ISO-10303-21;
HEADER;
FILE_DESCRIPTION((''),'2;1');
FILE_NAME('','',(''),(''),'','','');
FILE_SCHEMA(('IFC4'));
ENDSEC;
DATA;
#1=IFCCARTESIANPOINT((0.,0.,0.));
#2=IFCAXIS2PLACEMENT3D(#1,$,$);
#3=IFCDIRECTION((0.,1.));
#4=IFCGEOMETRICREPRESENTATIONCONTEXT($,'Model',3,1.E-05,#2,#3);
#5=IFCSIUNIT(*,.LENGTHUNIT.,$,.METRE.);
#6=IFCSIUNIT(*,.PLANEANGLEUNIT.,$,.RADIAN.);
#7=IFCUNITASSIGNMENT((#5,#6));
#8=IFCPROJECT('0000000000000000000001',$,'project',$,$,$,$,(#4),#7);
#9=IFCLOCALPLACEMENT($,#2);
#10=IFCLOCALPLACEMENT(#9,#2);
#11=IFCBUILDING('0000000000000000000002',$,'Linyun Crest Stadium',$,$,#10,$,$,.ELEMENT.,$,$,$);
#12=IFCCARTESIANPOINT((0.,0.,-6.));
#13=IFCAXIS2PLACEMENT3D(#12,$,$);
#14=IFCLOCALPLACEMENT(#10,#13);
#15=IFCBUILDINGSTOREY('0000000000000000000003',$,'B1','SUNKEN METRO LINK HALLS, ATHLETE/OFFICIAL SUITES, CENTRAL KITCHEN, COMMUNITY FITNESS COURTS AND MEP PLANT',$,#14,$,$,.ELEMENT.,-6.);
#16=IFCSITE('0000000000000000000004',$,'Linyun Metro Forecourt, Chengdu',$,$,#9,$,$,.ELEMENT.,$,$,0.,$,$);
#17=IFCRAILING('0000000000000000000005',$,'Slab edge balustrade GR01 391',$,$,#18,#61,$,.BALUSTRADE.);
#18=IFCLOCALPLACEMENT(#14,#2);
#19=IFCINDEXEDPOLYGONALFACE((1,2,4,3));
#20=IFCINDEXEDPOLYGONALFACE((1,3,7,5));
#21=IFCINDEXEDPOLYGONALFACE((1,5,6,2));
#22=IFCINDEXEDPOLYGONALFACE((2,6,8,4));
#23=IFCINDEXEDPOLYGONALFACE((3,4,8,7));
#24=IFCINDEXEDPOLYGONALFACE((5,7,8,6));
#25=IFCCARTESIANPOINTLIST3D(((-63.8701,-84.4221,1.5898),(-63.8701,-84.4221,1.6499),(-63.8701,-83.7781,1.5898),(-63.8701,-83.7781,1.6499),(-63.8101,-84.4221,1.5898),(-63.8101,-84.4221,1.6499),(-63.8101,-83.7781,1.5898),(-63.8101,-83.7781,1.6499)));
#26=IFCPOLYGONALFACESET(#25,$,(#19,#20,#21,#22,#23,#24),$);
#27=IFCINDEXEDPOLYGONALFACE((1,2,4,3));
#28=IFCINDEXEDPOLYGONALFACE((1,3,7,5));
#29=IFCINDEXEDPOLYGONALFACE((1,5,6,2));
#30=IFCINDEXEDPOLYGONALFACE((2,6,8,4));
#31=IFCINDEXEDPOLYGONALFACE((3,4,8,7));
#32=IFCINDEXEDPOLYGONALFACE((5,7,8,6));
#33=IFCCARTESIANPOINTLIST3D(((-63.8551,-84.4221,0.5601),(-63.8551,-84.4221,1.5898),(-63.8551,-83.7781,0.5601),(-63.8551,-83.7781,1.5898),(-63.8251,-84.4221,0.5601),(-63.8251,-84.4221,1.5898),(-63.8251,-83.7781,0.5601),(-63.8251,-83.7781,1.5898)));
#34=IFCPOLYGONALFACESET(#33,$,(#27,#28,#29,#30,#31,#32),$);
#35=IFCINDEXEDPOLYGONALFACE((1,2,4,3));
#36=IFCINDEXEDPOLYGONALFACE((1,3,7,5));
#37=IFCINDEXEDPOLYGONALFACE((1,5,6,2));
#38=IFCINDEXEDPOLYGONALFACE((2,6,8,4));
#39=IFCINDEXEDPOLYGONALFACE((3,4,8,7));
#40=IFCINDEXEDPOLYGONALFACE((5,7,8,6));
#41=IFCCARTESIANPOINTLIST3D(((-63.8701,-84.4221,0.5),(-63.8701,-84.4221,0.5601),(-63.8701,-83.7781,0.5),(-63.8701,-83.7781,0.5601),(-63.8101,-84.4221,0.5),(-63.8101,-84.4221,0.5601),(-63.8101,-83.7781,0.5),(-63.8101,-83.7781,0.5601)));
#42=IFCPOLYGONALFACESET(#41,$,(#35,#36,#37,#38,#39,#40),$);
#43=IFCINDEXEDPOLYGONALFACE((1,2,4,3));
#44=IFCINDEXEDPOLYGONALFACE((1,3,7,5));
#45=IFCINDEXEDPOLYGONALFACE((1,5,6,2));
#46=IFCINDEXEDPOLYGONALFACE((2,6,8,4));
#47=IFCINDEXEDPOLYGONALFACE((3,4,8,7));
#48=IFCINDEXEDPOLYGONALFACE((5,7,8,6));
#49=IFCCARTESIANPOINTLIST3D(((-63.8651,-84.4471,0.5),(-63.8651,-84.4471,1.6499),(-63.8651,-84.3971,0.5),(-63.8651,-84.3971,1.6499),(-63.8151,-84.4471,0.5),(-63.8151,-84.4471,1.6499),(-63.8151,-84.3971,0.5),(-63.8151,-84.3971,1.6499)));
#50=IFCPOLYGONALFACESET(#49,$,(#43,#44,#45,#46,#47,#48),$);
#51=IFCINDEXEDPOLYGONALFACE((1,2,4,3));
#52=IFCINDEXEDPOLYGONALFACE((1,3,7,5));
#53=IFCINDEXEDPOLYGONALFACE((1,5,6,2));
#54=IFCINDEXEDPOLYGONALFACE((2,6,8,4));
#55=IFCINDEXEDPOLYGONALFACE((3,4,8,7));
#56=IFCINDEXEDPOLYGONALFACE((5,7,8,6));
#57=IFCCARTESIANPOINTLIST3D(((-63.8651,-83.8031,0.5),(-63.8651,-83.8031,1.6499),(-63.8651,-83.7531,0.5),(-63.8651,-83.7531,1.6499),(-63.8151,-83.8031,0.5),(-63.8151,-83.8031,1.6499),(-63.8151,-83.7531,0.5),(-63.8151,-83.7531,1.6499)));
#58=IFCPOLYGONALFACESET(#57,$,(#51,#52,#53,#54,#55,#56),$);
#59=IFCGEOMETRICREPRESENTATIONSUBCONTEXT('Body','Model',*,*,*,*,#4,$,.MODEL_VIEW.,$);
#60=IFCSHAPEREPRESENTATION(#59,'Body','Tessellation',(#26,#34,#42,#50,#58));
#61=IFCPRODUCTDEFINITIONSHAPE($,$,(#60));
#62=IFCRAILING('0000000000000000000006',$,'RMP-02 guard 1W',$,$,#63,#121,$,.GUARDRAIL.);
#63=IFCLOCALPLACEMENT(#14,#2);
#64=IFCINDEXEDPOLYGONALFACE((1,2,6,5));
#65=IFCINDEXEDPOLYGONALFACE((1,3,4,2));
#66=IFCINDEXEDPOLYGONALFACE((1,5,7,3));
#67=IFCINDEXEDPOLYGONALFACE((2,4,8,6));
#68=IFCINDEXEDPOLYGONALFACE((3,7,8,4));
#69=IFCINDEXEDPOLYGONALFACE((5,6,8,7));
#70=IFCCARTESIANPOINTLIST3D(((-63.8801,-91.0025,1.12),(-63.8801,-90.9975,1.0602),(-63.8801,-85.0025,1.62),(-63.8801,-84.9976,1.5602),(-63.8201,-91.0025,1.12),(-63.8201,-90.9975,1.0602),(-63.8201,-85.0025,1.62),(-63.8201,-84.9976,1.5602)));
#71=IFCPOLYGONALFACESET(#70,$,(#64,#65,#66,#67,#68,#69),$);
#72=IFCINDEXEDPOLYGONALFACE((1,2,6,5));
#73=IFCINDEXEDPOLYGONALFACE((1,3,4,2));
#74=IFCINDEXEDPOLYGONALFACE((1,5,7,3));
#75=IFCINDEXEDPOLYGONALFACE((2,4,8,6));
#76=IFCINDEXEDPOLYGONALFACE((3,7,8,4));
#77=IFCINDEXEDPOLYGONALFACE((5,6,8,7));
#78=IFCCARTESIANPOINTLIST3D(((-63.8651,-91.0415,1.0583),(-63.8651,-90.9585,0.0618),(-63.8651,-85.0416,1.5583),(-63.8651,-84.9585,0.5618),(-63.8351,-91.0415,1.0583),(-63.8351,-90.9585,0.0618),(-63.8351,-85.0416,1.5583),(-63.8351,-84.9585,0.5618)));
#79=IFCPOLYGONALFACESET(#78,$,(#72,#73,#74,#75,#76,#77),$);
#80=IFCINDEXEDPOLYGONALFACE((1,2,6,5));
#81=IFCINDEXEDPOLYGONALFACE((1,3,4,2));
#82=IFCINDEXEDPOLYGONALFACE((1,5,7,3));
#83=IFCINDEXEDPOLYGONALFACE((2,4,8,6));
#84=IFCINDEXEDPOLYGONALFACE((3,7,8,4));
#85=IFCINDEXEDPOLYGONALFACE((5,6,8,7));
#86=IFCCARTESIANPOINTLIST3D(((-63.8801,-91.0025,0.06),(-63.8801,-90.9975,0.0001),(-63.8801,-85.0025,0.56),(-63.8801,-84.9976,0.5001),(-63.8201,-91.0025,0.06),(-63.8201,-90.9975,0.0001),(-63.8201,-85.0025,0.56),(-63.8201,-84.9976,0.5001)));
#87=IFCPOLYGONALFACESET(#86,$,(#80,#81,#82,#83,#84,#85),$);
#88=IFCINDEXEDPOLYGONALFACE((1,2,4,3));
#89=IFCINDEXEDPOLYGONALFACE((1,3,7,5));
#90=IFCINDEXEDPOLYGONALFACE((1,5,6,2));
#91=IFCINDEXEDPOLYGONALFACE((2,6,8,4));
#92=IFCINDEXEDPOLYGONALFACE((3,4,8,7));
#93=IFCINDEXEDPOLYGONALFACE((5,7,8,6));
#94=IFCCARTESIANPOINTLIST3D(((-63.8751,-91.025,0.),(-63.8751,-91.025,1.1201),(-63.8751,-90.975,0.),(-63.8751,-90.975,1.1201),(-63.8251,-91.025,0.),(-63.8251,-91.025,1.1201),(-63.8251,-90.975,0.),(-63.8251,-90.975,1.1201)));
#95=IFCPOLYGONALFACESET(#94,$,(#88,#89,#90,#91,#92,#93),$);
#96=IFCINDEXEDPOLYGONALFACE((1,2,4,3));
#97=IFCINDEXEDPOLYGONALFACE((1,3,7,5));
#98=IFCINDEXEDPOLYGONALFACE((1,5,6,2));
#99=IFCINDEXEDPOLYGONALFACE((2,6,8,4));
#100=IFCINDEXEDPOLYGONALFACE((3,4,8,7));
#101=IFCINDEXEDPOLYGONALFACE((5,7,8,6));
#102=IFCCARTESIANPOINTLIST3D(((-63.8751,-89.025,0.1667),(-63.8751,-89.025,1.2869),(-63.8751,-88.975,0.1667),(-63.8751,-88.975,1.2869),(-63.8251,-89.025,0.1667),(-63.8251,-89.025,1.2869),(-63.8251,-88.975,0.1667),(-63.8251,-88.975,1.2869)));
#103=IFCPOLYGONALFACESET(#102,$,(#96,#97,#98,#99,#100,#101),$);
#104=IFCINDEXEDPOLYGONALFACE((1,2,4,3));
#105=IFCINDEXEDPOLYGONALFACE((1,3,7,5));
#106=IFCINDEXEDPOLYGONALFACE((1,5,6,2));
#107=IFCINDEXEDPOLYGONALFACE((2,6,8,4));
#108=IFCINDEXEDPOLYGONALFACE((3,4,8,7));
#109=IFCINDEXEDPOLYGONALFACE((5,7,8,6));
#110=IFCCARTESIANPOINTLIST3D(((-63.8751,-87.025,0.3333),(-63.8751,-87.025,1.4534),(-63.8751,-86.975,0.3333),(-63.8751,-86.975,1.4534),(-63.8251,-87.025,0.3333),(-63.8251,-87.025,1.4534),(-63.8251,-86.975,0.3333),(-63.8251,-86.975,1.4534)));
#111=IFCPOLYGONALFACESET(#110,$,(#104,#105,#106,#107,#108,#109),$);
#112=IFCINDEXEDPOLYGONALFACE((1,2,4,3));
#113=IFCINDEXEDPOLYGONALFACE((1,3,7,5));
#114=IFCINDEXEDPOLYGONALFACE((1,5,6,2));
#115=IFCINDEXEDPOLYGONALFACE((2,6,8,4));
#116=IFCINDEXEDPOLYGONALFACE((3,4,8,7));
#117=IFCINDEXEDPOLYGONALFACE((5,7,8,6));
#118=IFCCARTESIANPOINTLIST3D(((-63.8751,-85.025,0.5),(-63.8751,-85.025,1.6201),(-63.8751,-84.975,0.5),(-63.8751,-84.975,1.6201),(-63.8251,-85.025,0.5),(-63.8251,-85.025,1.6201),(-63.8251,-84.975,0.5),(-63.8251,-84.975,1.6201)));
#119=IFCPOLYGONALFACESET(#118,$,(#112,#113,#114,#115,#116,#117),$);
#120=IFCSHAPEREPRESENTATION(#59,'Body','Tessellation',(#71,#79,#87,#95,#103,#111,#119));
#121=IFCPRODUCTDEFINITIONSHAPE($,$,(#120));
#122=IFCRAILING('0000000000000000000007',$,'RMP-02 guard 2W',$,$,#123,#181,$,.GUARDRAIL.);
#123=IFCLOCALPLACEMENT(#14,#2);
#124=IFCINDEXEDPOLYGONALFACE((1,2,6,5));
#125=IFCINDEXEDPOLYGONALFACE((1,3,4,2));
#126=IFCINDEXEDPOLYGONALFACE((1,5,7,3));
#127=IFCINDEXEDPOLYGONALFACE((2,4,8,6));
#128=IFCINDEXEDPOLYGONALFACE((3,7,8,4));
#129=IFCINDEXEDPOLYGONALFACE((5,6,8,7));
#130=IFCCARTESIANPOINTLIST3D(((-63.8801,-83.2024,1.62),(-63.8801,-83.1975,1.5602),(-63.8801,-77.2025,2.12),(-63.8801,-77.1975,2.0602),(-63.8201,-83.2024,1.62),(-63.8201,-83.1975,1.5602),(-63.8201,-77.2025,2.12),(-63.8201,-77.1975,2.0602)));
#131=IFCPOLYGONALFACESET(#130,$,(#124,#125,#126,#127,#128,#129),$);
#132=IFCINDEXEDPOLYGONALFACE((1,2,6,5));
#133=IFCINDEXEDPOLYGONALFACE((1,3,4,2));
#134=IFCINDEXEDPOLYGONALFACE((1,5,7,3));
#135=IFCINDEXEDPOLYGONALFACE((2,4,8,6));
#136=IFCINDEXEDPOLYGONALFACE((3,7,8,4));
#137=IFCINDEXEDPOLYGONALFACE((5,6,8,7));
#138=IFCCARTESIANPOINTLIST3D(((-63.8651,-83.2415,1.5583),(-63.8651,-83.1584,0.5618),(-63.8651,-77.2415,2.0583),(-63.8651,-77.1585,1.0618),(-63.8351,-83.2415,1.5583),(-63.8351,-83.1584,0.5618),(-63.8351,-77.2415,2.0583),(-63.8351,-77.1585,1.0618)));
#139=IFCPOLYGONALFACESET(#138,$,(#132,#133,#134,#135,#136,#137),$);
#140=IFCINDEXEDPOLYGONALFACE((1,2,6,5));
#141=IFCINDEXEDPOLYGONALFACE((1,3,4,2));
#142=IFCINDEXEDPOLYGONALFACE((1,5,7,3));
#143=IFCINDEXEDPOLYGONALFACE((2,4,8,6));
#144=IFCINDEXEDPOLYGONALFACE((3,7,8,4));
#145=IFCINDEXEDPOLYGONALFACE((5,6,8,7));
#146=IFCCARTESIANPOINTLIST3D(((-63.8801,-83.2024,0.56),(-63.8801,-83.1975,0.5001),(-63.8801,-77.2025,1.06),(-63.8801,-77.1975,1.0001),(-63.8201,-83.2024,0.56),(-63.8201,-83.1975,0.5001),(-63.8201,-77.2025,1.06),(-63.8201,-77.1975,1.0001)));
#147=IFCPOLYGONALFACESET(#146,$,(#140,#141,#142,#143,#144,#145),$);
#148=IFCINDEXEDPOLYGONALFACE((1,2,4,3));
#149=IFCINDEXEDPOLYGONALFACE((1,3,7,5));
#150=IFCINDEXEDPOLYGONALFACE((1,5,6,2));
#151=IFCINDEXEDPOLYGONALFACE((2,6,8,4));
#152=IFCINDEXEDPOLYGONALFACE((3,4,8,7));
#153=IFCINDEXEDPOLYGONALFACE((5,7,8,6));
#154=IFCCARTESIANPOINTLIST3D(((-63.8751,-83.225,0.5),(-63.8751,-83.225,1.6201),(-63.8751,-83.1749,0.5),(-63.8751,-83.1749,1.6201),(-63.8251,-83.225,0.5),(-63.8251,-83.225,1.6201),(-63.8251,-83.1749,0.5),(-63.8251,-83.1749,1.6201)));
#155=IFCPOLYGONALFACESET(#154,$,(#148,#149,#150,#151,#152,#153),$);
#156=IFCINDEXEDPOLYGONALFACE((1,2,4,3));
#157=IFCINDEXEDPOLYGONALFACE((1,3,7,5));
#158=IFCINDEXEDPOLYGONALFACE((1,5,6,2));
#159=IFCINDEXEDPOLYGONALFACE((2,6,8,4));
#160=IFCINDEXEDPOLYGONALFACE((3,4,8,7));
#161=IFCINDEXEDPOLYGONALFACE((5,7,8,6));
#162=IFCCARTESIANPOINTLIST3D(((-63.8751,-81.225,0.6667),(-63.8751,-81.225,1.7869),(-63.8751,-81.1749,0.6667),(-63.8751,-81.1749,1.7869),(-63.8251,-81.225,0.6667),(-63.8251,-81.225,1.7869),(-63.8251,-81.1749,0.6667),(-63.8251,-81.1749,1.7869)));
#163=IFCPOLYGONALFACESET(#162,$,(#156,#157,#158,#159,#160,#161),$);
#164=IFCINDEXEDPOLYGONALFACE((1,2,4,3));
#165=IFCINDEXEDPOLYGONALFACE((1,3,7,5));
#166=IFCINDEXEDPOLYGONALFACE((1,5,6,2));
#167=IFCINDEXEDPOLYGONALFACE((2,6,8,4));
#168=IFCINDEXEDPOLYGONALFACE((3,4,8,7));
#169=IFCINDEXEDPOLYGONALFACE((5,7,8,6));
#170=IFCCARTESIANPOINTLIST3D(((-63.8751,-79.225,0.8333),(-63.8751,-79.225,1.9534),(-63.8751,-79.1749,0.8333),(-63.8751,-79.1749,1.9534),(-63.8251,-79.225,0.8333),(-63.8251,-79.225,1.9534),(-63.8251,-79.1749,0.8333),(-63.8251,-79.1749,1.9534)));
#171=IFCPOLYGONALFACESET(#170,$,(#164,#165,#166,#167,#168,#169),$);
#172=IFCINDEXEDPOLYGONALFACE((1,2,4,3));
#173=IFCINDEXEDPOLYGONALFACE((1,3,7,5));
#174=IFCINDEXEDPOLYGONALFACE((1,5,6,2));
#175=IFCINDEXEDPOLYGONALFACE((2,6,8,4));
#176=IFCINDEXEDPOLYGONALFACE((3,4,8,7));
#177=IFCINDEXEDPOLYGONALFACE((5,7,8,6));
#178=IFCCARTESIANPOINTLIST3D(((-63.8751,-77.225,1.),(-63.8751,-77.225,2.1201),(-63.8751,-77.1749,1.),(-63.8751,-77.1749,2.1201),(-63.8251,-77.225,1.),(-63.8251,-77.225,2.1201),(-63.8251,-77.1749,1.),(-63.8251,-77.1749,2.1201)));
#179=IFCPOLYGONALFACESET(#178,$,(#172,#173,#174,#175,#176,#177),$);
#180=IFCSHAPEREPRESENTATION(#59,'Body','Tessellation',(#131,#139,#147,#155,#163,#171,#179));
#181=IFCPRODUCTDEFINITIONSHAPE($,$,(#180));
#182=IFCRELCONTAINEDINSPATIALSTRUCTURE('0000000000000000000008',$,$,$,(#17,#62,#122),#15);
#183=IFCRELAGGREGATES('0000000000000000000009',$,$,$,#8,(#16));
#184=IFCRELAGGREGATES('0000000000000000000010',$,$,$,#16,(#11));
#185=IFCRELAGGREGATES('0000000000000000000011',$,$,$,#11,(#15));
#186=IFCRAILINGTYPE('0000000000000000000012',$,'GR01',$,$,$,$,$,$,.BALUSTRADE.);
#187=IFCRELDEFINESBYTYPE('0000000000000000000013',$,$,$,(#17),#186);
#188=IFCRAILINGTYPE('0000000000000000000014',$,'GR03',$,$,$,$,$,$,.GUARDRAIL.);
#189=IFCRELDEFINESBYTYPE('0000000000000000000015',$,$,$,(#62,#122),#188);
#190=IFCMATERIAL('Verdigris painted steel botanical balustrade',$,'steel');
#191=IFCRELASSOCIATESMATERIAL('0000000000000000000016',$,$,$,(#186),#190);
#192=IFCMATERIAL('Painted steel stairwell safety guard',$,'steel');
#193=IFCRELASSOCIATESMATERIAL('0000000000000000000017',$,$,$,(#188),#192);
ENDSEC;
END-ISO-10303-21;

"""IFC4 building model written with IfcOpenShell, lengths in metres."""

from ifc_helpers import new_model, si_unit, direction, frame, origin, origin_2d, place, context, subcontext, project, spatial, rectangle, extrude, material, type_object, element, save


model = new_model("IFC4")

# Units and contexts
model_context = context("Model", 3, precision=1e-05, world=origin(), true_north=direction((0.0, 1.0)))
body_context = subcontext(model_context, "Body", "Model", "MODEL_VIEW")
ifc_project = project(units=[si_unit("LENGTHUNIT", "METRE"), si_unit("PLANEANGLEUNIT", "RADIAN")], contexts=[model_context])

# Site, building, storey
site_placement = place(None, origin())
site = spatial("IfcSite", under=ifc_project, at=site_placement, Name="Linyun Metro Forecourt, Chengdu", CompositionType="ELEMENT", RefElevation=0.0)
building_placement = place(site_placement, origin())
building = spatial("IfcBuilding", under=site, at=building_placement, Name="Linyun Crest Stadium", CompositionType="ELEMENT")
storey_placement = place(building_placement, frame((0.0, 0.0, -6.0)))
storey = spatial("IfcBuildingStorey", under=building, at=storey_placement, Name="B1", Description="SUNKEN METRO LINK HALLS, ATHLETE/OFFICIAL SUITES, CENTRAL KITCHEN, COMMUNITY FITNESS COURTS AND MEP PLANT", CompositionType="ELEMENT", Elevation=-6.0)

# Railings
ifc_material_1 = material(Name="Verdigris painted steel botanical balustrade", Category="steel")
railing_type_1 = type_object("IfcRailingType", Name="GR01", PredefinedType="BALUSTRADE", material=ifc_material_1)
railing_placement = place(storey_placement, frame((-63.8401, -84.4221, 0.5)))
element("IfcRailing", 1, at=railing_placement, inside=storey, type_object=railing_type_1, Name="Slab edge balustrade GR01 391", PredefinedType="BALUSTRADE", context=body_context, shape_type="SweptSolid", body=[
    extrude(rectangle(XDim=0.0601, YDim=0.0601, at=origin_2d()), frame((0.0, 0.0, 1.1199), z_axis=(0.0, 1.0, 0.0), x_axis=(-1.0, 0.0, 0.0)), (0.0, 0.0, 1.0), 0.644),
    extrude(rectangle(XDim=0.03, YDim=1.0298, at=origin_2d()), frame((0.0, 0.0, 0.575), z_axis=(0.0, 1.0, 0.0), x_axis=(-1.0, 0.0, 0.0)), (0.0, 0.0, 1.0), 0.644),
    extrude(rectangle(XDim=0.0601, YDim=0.0601, at=origin_2d()), frame((0.0, 0.0, 0.03), z_axis=(0.0, 1.0, 0.0), x_axis=(-1.0, 0.0, 0.0)), (0.0, 0.0, 1.0), 0.644),
    extrude(rectangle(XDim=0.05, YDim=0.05, at=origin_2d()), origin(), (0.0, 0.0, 1.0), 1.1499),
    extrude(rectangle(XDim=0.05, YDim=0.05, at=origin_2d()), frame((0.0, 0.644, 0.0)), (0.0, 0.0, 1.0), 1.1499),
])
ifc_material_2 = material(Name="Painted steel stairwell safety guard", Category="steel")
railing_type_2 = type_object("IfcRailingType", Name="GR03", PredefinedType="GUARDRAIL", material=ifc_material_2)
for number, where, name in (
    (2, (-63.8501, -91.0, 0.0), "RMP-02 guard 1W"),
    (3, (-63.8501, -83.2, 0.5), "RMP-02 guard 2W"),
):
    element("IfcRailing", number, at=place(storey_placement, frame(where)), inside=storey, type_object=railing_type_2, Name=name, PredefinedType="GUARDRAIL", context=body_context, shape_type="SweptSolid", body=[
        extrude(rectangle(XDim=0.0601, YDim=0.0601, at=origin_2d()), frame((0.0, 0.0, 1.0901), z_axis=(0.0, 0.996546, 0.083045), x_axis=(-1.0, 0.0, 0.0)), (0.0, 0.0, 1.0), 6.0208),
        extrude(rectangle(XDim=0.03, YDim=1.0, at=origin_2d()), frame((0.0, 0.0, 0.5601), z_axis=(0.0, 0.996546, 0.083045), x_axis=(-1.0, 0.0, 0.0)), (0.0, 0.0, 1.0), 6.0208),
        extrude(rectangle(XDim=0.0601, YDim=0.0601, at=origin_2d()), frame((0.0, 0.0, 0.03), z_axis=(0.0, 0.996546, 0.083045), x_axis=(-1.0, 0.0, 0.0)), (0.0, 0.0, 1.0), 6.0208),
        extrude(rectangle(XDim=0.05, YDim=0.05, at=origin_2d()), origin(), (0.0, 0.0, 1.0), 1.1201),
        extrude(rectangle(XDim=0.05, YDim=0.05, at=origin_2d()), frame((0.0, 2.0, 0.1667)), (0.0, 0.0, 1.0), 1.1201),
        extrude(rectangle(XDim=0.05, YDim=0.05, at=origin_2d()), frame((0.0, 4.0, 0.3333)), (0.0, 0.0, 1.0), 1.1201),
        extrude(rectangle(XDim=0.05, YDim=0.05, at=origin_2d()), frame((0.0, 6.0, 0.5)), (0.0, 0.0, 1.0), 1.1201),
    ])

save(model, "model.ifc")
